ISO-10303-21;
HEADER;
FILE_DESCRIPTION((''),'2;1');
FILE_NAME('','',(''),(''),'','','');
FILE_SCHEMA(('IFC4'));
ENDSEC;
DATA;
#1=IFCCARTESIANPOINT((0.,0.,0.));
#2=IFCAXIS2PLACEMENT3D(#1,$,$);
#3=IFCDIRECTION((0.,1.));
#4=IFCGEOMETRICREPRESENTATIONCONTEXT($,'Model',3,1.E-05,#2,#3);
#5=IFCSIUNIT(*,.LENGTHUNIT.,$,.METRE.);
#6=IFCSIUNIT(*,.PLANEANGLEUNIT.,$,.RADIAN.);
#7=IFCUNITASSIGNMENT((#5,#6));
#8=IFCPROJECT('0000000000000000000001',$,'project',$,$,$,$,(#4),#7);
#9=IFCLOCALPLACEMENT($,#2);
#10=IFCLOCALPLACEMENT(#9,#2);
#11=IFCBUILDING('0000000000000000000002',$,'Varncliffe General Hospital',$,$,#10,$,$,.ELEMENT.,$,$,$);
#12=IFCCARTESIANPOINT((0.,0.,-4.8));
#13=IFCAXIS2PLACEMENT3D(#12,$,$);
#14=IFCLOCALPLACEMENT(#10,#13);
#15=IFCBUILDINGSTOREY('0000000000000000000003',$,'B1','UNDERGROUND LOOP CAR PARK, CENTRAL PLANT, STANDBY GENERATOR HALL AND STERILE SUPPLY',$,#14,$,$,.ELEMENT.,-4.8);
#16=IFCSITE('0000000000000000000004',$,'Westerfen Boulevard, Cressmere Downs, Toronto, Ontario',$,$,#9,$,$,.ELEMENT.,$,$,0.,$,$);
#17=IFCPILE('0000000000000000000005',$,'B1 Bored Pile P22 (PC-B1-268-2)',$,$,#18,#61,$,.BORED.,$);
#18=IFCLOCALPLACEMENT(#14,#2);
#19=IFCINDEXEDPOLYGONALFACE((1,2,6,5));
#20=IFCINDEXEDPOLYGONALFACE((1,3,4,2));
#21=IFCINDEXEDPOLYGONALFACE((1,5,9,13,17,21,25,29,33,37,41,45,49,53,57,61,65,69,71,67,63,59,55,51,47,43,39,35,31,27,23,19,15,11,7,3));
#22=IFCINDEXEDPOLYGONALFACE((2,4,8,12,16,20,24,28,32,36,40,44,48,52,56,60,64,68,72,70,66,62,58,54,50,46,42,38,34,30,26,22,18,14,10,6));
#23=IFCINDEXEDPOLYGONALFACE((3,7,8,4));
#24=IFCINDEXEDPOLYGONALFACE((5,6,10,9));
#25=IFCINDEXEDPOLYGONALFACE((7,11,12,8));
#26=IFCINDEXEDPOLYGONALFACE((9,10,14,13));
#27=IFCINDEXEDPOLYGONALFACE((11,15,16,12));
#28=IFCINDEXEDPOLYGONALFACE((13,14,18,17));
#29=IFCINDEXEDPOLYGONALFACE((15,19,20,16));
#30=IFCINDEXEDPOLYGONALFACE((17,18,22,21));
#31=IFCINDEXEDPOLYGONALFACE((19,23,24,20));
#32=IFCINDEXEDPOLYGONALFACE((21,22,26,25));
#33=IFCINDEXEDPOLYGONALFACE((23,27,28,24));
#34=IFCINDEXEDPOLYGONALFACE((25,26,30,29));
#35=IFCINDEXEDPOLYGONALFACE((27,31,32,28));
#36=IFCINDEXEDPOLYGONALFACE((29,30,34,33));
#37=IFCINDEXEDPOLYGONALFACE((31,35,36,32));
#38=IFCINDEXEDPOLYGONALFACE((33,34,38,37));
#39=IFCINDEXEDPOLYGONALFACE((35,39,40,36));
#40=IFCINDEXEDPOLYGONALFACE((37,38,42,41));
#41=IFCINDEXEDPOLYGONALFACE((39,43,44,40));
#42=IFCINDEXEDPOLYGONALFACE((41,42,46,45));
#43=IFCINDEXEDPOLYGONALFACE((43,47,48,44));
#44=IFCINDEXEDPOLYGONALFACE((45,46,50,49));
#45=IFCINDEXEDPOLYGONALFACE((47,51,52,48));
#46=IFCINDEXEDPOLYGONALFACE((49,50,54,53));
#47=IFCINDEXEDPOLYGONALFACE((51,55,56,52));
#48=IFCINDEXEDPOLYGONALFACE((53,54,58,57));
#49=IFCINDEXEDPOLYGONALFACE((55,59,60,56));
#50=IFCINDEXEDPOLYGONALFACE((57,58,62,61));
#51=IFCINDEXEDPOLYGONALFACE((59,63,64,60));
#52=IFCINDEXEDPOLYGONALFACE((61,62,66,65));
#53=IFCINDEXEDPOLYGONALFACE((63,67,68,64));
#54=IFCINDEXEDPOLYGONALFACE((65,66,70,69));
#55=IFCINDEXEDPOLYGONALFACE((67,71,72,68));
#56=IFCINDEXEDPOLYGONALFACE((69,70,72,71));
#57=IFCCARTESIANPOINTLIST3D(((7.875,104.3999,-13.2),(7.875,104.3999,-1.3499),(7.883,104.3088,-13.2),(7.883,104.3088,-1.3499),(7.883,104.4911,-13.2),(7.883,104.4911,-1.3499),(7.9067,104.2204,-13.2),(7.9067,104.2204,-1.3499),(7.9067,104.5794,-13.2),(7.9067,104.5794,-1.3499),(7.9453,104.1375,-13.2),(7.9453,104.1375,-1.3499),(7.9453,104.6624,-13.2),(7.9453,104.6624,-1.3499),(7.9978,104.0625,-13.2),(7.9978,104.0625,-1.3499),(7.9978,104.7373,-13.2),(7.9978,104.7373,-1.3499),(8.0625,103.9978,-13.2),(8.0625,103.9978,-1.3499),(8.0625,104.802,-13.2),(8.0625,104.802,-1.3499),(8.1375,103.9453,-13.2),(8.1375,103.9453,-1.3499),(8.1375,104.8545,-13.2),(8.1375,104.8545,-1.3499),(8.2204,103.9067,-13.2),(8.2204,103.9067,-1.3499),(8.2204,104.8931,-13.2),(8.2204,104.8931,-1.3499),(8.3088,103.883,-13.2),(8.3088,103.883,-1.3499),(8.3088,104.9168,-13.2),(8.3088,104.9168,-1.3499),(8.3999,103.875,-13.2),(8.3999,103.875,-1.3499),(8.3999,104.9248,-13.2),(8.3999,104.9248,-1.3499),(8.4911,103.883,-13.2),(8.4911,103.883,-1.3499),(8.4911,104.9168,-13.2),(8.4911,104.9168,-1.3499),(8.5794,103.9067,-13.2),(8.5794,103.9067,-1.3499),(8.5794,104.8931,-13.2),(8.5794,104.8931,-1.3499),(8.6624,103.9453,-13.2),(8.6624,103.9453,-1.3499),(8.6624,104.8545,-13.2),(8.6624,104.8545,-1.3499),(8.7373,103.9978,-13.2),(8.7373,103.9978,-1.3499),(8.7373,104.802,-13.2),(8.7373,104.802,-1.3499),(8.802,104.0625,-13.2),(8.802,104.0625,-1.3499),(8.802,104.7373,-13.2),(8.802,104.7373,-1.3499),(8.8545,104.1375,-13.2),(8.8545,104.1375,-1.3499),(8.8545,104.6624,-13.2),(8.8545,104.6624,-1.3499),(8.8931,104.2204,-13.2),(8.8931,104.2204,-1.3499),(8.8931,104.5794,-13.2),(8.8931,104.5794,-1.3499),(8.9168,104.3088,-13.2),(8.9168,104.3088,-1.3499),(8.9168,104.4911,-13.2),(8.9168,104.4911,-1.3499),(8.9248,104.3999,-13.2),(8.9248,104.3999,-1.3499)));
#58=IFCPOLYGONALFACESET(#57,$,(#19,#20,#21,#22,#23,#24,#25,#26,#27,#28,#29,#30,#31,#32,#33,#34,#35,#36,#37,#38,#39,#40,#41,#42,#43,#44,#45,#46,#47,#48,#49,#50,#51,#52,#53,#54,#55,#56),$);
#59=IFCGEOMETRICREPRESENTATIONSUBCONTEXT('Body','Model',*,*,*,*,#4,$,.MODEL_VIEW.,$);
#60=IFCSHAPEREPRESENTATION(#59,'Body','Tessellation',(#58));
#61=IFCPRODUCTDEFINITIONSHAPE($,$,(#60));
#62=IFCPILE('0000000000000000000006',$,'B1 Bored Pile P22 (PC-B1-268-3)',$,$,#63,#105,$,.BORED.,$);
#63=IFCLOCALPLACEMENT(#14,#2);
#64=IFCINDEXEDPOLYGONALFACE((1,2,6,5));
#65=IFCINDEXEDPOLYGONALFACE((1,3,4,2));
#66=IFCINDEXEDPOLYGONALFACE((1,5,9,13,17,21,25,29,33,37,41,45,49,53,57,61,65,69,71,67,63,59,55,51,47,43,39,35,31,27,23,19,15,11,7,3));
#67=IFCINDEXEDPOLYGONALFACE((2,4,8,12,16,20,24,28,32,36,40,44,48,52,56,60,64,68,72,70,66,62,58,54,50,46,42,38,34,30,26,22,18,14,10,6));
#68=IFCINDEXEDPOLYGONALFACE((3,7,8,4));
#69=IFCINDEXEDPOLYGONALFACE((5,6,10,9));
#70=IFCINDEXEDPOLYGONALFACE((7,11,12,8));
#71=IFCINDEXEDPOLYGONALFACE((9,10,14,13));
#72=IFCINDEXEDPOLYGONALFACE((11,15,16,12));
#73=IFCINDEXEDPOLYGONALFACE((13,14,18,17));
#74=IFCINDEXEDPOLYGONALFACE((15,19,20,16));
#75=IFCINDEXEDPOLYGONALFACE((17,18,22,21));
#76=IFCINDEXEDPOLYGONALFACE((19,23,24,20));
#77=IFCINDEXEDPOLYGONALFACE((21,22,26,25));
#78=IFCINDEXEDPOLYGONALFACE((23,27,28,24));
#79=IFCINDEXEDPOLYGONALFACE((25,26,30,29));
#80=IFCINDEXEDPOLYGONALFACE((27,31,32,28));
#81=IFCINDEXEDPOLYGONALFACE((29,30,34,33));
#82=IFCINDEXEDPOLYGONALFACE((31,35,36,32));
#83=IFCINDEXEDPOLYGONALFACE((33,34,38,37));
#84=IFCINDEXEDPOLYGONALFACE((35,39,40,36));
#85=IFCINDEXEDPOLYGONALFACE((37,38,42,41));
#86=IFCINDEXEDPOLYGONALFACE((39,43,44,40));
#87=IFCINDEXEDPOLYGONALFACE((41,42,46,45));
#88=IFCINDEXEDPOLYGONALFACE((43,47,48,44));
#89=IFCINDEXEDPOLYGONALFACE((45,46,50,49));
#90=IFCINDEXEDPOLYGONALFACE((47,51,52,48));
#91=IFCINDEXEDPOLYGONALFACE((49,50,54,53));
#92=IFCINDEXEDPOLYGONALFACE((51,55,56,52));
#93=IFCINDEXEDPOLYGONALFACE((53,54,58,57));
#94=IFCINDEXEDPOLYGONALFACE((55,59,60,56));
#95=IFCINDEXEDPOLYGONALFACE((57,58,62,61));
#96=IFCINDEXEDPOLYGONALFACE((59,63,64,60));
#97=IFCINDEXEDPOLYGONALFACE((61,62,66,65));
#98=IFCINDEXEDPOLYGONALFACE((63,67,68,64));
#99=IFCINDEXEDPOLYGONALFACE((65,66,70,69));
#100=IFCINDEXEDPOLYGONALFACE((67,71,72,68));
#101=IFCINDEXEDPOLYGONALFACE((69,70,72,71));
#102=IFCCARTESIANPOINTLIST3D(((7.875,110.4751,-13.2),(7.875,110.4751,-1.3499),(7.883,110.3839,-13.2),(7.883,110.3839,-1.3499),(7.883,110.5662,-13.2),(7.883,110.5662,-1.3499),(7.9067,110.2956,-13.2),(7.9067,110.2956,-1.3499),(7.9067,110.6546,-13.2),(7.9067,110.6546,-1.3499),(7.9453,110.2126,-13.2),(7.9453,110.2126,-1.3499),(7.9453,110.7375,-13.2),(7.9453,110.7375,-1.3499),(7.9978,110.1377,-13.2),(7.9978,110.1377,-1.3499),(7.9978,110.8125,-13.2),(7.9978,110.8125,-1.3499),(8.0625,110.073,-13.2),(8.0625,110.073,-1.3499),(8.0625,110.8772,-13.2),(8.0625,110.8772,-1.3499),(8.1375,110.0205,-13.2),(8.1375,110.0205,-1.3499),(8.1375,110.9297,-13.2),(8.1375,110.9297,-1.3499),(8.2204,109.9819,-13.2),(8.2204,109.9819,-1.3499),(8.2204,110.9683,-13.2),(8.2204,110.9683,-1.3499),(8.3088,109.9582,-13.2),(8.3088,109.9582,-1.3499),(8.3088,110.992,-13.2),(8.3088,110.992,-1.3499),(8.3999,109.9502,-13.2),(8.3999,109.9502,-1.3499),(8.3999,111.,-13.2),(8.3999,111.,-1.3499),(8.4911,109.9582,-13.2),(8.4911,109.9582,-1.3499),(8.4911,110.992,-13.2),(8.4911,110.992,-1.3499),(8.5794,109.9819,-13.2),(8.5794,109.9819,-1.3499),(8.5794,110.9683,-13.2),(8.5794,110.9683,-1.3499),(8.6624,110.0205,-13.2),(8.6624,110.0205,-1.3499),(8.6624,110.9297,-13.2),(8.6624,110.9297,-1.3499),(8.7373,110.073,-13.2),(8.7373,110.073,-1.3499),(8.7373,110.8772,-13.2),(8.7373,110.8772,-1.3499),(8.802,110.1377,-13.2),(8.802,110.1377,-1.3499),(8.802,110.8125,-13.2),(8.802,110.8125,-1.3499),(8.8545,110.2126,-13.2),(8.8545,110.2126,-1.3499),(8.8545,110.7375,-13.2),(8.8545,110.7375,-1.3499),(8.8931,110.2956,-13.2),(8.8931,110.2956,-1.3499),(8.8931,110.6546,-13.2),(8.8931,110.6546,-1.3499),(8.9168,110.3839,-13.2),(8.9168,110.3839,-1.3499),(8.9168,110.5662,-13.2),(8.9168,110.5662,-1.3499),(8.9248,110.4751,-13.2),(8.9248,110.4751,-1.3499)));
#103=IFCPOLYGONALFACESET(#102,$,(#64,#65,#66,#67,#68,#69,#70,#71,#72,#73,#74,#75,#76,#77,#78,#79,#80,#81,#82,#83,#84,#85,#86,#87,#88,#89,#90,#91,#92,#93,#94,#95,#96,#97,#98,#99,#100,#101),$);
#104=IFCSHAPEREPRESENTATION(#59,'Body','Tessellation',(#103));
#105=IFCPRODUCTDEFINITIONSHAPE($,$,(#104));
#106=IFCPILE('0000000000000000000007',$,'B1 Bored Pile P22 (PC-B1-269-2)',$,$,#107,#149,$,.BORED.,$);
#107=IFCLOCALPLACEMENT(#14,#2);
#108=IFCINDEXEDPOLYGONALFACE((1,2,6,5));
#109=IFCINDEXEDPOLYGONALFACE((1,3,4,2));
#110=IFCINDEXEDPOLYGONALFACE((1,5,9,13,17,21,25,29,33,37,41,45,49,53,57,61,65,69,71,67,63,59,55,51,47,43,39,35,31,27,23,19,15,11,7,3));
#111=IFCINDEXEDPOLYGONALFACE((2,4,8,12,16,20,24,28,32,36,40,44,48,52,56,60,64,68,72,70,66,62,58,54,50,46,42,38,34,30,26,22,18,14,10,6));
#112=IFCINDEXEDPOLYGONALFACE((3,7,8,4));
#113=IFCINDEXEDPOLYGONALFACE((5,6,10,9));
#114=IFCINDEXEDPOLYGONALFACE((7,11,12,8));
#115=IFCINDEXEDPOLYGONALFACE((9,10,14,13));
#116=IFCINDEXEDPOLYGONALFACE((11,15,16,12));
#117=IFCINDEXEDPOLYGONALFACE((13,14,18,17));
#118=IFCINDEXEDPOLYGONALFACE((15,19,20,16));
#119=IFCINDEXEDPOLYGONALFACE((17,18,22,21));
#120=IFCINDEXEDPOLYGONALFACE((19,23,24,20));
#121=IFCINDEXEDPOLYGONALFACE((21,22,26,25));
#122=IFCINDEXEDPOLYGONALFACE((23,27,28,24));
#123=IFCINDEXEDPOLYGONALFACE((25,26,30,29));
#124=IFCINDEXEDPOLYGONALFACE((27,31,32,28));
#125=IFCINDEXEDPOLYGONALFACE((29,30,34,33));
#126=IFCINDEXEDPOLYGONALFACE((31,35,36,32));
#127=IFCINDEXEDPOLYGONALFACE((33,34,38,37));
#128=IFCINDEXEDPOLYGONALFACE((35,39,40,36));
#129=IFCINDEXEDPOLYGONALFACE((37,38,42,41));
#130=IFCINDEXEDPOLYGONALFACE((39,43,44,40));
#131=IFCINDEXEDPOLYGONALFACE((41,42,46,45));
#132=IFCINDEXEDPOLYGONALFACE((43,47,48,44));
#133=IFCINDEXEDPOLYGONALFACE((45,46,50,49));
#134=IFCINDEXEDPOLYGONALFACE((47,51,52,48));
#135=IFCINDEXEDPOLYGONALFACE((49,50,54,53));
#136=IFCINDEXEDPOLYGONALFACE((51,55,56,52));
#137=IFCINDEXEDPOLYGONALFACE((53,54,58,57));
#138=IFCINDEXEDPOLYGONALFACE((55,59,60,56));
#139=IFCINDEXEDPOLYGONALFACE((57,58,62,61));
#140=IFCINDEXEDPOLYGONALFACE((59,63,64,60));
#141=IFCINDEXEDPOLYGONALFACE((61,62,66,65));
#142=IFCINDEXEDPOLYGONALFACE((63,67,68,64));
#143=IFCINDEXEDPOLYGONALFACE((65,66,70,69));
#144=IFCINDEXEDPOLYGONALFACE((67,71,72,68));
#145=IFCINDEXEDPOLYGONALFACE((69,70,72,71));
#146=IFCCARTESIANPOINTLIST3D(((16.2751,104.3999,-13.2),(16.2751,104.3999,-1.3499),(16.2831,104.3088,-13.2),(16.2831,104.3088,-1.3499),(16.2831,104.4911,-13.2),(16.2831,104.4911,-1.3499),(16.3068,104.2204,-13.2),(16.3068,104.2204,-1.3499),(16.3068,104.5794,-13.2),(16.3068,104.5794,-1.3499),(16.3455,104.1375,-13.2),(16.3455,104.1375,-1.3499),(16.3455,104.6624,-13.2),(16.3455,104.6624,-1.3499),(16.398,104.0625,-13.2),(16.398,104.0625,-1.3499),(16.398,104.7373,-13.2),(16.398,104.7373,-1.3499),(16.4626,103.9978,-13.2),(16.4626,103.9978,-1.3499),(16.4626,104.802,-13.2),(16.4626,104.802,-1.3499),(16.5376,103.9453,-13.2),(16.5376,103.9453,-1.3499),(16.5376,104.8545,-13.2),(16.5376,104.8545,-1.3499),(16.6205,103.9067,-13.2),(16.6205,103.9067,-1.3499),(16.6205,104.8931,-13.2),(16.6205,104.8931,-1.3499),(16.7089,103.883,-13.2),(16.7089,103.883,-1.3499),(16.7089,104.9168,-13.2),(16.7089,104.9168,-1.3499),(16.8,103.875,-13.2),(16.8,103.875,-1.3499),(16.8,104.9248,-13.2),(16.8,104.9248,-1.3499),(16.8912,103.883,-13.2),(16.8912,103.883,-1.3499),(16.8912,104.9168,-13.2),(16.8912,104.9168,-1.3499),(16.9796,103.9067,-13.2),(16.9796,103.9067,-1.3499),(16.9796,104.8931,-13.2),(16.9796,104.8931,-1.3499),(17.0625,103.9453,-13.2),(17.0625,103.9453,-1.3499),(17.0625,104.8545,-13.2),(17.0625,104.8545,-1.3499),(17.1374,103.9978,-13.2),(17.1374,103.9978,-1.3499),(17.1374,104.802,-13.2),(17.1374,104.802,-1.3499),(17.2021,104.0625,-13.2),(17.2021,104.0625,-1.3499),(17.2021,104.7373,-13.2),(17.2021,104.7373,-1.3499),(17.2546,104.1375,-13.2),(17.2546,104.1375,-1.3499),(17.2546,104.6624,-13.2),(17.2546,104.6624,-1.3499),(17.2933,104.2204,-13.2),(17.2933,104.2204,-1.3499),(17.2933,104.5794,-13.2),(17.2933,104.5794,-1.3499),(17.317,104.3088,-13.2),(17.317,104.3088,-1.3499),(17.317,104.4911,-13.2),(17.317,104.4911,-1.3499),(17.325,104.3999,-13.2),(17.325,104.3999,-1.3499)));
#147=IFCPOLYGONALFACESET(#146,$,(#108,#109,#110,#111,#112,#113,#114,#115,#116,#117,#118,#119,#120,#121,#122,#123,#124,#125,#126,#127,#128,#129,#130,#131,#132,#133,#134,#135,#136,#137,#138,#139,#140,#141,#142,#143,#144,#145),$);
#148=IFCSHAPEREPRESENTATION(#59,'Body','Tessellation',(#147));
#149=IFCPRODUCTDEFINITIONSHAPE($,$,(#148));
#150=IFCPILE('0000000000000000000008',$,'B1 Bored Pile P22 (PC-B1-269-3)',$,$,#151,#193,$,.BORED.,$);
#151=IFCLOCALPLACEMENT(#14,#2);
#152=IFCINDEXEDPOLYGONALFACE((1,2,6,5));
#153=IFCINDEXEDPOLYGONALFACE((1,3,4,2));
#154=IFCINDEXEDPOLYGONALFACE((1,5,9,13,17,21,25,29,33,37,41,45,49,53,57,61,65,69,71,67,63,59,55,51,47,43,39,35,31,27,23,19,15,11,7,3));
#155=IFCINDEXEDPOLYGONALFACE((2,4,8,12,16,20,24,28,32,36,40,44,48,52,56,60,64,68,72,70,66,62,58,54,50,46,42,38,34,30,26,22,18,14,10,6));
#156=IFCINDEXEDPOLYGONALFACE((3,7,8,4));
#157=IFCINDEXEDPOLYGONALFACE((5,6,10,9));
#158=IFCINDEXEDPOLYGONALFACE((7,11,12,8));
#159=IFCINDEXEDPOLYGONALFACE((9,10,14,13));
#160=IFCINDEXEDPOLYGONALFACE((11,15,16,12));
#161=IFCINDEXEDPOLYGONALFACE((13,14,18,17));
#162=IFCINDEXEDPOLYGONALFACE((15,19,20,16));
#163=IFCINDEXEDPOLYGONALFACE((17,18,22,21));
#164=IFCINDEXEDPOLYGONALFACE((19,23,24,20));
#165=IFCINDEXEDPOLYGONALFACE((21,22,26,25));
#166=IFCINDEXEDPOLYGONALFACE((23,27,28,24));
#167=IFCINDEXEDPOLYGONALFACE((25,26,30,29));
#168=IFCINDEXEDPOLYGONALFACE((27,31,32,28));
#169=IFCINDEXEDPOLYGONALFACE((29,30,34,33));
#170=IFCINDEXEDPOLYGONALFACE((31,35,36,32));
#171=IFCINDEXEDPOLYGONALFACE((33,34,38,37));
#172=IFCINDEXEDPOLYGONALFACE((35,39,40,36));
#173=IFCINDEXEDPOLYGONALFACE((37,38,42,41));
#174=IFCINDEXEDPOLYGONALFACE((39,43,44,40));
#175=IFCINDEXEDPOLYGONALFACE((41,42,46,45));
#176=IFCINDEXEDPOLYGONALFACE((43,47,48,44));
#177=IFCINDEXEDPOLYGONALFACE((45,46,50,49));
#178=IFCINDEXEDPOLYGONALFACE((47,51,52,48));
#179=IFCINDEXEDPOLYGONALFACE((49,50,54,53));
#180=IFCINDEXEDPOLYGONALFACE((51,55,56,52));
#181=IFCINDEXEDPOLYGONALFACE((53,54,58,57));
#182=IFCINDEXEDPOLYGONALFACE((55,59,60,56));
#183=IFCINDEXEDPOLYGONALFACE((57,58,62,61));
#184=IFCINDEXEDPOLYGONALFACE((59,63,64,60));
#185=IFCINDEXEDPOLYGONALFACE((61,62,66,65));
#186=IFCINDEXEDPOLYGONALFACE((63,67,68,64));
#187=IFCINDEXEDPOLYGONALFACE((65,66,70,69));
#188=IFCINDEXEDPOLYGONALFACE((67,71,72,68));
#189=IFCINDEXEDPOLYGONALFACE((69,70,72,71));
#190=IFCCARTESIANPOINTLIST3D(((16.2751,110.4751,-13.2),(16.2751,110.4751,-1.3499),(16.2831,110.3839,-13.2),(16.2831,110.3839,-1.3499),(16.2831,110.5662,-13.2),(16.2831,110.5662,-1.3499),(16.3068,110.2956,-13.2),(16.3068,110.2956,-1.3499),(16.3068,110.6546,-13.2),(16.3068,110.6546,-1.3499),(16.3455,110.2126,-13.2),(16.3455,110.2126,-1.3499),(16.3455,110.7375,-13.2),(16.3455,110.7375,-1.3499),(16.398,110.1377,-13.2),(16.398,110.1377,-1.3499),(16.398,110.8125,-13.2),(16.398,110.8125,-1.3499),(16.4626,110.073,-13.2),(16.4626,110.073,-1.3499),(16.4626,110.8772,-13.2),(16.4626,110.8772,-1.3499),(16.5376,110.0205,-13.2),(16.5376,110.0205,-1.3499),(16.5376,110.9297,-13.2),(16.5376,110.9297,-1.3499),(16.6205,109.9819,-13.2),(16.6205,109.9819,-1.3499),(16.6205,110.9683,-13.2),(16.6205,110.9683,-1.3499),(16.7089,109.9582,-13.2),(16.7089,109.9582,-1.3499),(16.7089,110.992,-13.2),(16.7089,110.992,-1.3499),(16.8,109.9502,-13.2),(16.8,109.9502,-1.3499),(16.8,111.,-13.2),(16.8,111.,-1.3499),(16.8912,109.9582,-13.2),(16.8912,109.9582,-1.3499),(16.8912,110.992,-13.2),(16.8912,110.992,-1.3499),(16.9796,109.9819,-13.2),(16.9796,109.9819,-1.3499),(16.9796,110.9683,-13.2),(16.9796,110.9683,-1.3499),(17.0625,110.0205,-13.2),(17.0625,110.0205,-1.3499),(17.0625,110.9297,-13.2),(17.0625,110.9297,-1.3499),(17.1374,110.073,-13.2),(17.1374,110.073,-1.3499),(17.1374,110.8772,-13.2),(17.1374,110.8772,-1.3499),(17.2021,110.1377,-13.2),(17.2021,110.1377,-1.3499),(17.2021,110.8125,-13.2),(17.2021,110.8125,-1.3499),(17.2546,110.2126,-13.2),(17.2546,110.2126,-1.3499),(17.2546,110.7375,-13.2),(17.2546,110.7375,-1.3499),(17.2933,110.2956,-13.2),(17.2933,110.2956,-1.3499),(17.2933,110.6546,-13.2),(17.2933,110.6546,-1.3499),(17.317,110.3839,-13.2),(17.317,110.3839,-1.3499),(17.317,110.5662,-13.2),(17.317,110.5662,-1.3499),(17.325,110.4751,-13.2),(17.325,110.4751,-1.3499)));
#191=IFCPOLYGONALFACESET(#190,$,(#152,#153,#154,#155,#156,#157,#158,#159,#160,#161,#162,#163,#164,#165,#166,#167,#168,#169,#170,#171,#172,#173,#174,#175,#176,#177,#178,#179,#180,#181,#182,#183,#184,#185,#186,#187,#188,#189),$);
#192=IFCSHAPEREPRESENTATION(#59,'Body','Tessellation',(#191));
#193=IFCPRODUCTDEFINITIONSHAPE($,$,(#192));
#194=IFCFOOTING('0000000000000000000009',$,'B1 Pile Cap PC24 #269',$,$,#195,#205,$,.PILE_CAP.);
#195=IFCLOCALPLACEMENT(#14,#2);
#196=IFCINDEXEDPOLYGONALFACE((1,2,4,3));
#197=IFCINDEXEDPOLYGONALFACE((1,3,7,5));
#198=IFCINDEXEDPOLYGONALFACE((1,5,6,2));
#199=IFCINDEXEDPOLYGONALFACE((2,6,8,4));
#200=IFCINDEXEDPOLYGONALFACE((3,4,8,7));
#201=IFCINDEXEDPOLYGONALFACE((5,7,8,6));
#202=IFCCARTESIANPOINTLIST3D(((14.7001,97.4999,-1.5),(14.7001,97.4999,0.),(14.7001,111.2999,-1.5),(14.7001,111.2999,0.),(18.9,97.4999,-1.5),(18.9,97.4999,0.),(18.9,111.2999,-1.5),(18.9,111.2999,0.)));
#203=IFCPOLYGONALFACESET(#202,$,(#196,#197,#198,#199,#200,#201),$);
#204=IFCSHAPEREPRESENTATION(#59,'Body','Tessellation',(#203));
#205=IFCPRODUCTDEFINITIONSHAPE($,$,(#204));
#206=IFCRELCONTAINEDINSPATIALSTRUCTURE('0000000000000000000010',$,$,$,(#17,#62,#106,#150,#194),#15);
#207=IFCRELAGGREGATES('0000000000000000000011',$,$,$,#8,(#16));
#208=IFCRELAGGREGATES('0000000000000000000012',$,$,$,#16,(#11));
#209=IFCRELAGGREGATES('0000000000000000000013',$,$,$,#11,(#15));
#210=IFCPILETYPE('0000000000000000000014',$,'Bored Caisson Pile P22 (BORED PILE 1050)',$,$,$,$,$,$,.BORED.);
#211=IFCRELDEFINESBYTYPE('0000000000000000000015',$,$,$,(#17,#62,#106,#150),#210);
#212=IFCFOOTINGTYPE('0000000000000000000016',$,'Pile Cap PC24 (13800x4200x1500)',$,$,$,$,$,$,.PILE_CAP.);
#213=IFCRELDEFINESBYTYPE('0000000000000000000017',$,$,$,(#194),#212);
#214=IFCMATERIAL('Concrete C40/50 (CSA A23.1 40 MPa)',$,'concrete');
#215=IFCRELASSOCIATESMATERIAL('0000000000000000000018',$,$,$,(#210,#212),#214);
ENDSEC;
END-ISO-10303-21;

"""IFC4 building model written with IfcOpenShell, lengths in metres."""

from ifc_helpers import new_model, si_unit, direction, frame, origin, origin_2d, place, context, subcontext, project, spatial, rectangle, circle, extrude, material, material_profile, profile_set, type_object, element, save


model = new_model("IFC4")

# Units and contexts
model_context = context("Model", 3, precision=1e-05, world=origin(), true_north=direction((0.0, 1.0)))
body_context = subcontext(model_context, "Body", "Model", "MODEL_VIEW")
ifc_project = project(units=[si_unit("LENGTHUNIT", "METRE"), si_unit("PLANEANGLEUNIT", "RADIAN")], contexts=[model_context])

# Site, building, storey
site_placement = place(None, origin())
site = spatial("IfcSite", under=ifc_project, at=site_placement, Name="Westerfen Boulevard, Cressmere Downs, Toronto, Ontario", CompositionType="ELEMENT", RefElevation=0.0)
building_placement = place(site_placement, origin())
building = spatial("IfcBuilding", under=site, at=building_placement, Name="Varncliffe General Hospital", CompositionType="ELEMENT")
storey_placement = place(building_placement, frame((0.0, 0.0, -4.8)))
storey = spatial("IfcBuildingStorey", under=building, at=storey_placement, Name="B1", Description="UNDERGROUND LOOP CAR PARK, CENTRAL PLANT, STANDBY GENERATOR HALL AND STERILE SUPPLY", CompositionType="ELEMENT", Elevation=-4.8)

# Piles
ifc_material_1 = material(Name="Concrete C40/50 (CSA A23.1 40 MPa)", Category="concrete")
ifc_material_profile_1 = material_profile(ifc_material_1, circle(Radius=0.5249, at=origin_2d()), Name="BORED PILE 1050")
ifc_profile_set_1 = profile_set([ifc_material_profile_1], Name="Concrete C40/50 (CSA A23.1 40 MPa)")
pile_type = type_object("IfcPileType", Name="Bored Caisson Pile P22 (BORED PILE 1050)", PredefinedType="BORED", material=ifc_profile_set_1)
for number, where, z_axis, x_axis, name in (
    (1, (8.3999, 104.3999, -1.3499), (0.0, 0.0, -1.0), (1.0, 0.0, 0.0), "B1 Bored Pile P22 (PC-B1-268-2)"),
    (2, (8.3999, 110.4751, -1.3499), (0.0, 0.0, -1.0), (1.0, 0.0, 0.0), "B1 Bored Pile P22 (PC-B1-268-3)"),
    (3, (16.8, 104.3999, -1.3499), (0.0, 0.0, -1.0), (1.0, 0.0, 0.0), "B1 Bored Pile P22 (PC-B1-269-2)"),
    (4, (16.8, 110.4751, -1.3499), (0.0, 0.0, -1.0), (1.0, 0.0, 0.0), "B1 Bored Pile P22 (PC-B1-269-3)"),
):
    element("IfcPile", number, at=place(storey_placement, frame(where, z_axis=z_axis, x_axis=x_axis)), inside=storey, type_object=pile_type, Name=name, PredefinedType="BORED", context=body_context, shape_type="SweptSolid", body=[
        extrude(circle(Radius=0.5249, at=origin_2d()), origin(), (0.0, 0.0, 1.0), 11.8501),
    ])

# Footing
footing_type = type_object("IfcFootingType", Name="Pile Cap PC24 (13800x4200x1500)", PredefinedType="PILE_CAP", material=ifc_material_1)
footing_placement = place(storey_placement, frame((16.8, 104.3999, -1.5), z_axis=(0.0, 0.0, 1.0), x_axis=(1.0, 0.0, 0.0)))
element("IfcFooting", 5, at=footing_placement, inside=storey, type_object=footing_type, Name="B1 Pile Cap PC24 #269", PredefinedType="PILE_CAP", context=body_context, shape_type="SweptSolid", body=[
    extrude(rectangle(XDim=4.2, YDim=13.8, at=origin_2d()), origin(), (0.0, 0.0, 1.0), 1.5),
])

save(model, "model.ifc")
